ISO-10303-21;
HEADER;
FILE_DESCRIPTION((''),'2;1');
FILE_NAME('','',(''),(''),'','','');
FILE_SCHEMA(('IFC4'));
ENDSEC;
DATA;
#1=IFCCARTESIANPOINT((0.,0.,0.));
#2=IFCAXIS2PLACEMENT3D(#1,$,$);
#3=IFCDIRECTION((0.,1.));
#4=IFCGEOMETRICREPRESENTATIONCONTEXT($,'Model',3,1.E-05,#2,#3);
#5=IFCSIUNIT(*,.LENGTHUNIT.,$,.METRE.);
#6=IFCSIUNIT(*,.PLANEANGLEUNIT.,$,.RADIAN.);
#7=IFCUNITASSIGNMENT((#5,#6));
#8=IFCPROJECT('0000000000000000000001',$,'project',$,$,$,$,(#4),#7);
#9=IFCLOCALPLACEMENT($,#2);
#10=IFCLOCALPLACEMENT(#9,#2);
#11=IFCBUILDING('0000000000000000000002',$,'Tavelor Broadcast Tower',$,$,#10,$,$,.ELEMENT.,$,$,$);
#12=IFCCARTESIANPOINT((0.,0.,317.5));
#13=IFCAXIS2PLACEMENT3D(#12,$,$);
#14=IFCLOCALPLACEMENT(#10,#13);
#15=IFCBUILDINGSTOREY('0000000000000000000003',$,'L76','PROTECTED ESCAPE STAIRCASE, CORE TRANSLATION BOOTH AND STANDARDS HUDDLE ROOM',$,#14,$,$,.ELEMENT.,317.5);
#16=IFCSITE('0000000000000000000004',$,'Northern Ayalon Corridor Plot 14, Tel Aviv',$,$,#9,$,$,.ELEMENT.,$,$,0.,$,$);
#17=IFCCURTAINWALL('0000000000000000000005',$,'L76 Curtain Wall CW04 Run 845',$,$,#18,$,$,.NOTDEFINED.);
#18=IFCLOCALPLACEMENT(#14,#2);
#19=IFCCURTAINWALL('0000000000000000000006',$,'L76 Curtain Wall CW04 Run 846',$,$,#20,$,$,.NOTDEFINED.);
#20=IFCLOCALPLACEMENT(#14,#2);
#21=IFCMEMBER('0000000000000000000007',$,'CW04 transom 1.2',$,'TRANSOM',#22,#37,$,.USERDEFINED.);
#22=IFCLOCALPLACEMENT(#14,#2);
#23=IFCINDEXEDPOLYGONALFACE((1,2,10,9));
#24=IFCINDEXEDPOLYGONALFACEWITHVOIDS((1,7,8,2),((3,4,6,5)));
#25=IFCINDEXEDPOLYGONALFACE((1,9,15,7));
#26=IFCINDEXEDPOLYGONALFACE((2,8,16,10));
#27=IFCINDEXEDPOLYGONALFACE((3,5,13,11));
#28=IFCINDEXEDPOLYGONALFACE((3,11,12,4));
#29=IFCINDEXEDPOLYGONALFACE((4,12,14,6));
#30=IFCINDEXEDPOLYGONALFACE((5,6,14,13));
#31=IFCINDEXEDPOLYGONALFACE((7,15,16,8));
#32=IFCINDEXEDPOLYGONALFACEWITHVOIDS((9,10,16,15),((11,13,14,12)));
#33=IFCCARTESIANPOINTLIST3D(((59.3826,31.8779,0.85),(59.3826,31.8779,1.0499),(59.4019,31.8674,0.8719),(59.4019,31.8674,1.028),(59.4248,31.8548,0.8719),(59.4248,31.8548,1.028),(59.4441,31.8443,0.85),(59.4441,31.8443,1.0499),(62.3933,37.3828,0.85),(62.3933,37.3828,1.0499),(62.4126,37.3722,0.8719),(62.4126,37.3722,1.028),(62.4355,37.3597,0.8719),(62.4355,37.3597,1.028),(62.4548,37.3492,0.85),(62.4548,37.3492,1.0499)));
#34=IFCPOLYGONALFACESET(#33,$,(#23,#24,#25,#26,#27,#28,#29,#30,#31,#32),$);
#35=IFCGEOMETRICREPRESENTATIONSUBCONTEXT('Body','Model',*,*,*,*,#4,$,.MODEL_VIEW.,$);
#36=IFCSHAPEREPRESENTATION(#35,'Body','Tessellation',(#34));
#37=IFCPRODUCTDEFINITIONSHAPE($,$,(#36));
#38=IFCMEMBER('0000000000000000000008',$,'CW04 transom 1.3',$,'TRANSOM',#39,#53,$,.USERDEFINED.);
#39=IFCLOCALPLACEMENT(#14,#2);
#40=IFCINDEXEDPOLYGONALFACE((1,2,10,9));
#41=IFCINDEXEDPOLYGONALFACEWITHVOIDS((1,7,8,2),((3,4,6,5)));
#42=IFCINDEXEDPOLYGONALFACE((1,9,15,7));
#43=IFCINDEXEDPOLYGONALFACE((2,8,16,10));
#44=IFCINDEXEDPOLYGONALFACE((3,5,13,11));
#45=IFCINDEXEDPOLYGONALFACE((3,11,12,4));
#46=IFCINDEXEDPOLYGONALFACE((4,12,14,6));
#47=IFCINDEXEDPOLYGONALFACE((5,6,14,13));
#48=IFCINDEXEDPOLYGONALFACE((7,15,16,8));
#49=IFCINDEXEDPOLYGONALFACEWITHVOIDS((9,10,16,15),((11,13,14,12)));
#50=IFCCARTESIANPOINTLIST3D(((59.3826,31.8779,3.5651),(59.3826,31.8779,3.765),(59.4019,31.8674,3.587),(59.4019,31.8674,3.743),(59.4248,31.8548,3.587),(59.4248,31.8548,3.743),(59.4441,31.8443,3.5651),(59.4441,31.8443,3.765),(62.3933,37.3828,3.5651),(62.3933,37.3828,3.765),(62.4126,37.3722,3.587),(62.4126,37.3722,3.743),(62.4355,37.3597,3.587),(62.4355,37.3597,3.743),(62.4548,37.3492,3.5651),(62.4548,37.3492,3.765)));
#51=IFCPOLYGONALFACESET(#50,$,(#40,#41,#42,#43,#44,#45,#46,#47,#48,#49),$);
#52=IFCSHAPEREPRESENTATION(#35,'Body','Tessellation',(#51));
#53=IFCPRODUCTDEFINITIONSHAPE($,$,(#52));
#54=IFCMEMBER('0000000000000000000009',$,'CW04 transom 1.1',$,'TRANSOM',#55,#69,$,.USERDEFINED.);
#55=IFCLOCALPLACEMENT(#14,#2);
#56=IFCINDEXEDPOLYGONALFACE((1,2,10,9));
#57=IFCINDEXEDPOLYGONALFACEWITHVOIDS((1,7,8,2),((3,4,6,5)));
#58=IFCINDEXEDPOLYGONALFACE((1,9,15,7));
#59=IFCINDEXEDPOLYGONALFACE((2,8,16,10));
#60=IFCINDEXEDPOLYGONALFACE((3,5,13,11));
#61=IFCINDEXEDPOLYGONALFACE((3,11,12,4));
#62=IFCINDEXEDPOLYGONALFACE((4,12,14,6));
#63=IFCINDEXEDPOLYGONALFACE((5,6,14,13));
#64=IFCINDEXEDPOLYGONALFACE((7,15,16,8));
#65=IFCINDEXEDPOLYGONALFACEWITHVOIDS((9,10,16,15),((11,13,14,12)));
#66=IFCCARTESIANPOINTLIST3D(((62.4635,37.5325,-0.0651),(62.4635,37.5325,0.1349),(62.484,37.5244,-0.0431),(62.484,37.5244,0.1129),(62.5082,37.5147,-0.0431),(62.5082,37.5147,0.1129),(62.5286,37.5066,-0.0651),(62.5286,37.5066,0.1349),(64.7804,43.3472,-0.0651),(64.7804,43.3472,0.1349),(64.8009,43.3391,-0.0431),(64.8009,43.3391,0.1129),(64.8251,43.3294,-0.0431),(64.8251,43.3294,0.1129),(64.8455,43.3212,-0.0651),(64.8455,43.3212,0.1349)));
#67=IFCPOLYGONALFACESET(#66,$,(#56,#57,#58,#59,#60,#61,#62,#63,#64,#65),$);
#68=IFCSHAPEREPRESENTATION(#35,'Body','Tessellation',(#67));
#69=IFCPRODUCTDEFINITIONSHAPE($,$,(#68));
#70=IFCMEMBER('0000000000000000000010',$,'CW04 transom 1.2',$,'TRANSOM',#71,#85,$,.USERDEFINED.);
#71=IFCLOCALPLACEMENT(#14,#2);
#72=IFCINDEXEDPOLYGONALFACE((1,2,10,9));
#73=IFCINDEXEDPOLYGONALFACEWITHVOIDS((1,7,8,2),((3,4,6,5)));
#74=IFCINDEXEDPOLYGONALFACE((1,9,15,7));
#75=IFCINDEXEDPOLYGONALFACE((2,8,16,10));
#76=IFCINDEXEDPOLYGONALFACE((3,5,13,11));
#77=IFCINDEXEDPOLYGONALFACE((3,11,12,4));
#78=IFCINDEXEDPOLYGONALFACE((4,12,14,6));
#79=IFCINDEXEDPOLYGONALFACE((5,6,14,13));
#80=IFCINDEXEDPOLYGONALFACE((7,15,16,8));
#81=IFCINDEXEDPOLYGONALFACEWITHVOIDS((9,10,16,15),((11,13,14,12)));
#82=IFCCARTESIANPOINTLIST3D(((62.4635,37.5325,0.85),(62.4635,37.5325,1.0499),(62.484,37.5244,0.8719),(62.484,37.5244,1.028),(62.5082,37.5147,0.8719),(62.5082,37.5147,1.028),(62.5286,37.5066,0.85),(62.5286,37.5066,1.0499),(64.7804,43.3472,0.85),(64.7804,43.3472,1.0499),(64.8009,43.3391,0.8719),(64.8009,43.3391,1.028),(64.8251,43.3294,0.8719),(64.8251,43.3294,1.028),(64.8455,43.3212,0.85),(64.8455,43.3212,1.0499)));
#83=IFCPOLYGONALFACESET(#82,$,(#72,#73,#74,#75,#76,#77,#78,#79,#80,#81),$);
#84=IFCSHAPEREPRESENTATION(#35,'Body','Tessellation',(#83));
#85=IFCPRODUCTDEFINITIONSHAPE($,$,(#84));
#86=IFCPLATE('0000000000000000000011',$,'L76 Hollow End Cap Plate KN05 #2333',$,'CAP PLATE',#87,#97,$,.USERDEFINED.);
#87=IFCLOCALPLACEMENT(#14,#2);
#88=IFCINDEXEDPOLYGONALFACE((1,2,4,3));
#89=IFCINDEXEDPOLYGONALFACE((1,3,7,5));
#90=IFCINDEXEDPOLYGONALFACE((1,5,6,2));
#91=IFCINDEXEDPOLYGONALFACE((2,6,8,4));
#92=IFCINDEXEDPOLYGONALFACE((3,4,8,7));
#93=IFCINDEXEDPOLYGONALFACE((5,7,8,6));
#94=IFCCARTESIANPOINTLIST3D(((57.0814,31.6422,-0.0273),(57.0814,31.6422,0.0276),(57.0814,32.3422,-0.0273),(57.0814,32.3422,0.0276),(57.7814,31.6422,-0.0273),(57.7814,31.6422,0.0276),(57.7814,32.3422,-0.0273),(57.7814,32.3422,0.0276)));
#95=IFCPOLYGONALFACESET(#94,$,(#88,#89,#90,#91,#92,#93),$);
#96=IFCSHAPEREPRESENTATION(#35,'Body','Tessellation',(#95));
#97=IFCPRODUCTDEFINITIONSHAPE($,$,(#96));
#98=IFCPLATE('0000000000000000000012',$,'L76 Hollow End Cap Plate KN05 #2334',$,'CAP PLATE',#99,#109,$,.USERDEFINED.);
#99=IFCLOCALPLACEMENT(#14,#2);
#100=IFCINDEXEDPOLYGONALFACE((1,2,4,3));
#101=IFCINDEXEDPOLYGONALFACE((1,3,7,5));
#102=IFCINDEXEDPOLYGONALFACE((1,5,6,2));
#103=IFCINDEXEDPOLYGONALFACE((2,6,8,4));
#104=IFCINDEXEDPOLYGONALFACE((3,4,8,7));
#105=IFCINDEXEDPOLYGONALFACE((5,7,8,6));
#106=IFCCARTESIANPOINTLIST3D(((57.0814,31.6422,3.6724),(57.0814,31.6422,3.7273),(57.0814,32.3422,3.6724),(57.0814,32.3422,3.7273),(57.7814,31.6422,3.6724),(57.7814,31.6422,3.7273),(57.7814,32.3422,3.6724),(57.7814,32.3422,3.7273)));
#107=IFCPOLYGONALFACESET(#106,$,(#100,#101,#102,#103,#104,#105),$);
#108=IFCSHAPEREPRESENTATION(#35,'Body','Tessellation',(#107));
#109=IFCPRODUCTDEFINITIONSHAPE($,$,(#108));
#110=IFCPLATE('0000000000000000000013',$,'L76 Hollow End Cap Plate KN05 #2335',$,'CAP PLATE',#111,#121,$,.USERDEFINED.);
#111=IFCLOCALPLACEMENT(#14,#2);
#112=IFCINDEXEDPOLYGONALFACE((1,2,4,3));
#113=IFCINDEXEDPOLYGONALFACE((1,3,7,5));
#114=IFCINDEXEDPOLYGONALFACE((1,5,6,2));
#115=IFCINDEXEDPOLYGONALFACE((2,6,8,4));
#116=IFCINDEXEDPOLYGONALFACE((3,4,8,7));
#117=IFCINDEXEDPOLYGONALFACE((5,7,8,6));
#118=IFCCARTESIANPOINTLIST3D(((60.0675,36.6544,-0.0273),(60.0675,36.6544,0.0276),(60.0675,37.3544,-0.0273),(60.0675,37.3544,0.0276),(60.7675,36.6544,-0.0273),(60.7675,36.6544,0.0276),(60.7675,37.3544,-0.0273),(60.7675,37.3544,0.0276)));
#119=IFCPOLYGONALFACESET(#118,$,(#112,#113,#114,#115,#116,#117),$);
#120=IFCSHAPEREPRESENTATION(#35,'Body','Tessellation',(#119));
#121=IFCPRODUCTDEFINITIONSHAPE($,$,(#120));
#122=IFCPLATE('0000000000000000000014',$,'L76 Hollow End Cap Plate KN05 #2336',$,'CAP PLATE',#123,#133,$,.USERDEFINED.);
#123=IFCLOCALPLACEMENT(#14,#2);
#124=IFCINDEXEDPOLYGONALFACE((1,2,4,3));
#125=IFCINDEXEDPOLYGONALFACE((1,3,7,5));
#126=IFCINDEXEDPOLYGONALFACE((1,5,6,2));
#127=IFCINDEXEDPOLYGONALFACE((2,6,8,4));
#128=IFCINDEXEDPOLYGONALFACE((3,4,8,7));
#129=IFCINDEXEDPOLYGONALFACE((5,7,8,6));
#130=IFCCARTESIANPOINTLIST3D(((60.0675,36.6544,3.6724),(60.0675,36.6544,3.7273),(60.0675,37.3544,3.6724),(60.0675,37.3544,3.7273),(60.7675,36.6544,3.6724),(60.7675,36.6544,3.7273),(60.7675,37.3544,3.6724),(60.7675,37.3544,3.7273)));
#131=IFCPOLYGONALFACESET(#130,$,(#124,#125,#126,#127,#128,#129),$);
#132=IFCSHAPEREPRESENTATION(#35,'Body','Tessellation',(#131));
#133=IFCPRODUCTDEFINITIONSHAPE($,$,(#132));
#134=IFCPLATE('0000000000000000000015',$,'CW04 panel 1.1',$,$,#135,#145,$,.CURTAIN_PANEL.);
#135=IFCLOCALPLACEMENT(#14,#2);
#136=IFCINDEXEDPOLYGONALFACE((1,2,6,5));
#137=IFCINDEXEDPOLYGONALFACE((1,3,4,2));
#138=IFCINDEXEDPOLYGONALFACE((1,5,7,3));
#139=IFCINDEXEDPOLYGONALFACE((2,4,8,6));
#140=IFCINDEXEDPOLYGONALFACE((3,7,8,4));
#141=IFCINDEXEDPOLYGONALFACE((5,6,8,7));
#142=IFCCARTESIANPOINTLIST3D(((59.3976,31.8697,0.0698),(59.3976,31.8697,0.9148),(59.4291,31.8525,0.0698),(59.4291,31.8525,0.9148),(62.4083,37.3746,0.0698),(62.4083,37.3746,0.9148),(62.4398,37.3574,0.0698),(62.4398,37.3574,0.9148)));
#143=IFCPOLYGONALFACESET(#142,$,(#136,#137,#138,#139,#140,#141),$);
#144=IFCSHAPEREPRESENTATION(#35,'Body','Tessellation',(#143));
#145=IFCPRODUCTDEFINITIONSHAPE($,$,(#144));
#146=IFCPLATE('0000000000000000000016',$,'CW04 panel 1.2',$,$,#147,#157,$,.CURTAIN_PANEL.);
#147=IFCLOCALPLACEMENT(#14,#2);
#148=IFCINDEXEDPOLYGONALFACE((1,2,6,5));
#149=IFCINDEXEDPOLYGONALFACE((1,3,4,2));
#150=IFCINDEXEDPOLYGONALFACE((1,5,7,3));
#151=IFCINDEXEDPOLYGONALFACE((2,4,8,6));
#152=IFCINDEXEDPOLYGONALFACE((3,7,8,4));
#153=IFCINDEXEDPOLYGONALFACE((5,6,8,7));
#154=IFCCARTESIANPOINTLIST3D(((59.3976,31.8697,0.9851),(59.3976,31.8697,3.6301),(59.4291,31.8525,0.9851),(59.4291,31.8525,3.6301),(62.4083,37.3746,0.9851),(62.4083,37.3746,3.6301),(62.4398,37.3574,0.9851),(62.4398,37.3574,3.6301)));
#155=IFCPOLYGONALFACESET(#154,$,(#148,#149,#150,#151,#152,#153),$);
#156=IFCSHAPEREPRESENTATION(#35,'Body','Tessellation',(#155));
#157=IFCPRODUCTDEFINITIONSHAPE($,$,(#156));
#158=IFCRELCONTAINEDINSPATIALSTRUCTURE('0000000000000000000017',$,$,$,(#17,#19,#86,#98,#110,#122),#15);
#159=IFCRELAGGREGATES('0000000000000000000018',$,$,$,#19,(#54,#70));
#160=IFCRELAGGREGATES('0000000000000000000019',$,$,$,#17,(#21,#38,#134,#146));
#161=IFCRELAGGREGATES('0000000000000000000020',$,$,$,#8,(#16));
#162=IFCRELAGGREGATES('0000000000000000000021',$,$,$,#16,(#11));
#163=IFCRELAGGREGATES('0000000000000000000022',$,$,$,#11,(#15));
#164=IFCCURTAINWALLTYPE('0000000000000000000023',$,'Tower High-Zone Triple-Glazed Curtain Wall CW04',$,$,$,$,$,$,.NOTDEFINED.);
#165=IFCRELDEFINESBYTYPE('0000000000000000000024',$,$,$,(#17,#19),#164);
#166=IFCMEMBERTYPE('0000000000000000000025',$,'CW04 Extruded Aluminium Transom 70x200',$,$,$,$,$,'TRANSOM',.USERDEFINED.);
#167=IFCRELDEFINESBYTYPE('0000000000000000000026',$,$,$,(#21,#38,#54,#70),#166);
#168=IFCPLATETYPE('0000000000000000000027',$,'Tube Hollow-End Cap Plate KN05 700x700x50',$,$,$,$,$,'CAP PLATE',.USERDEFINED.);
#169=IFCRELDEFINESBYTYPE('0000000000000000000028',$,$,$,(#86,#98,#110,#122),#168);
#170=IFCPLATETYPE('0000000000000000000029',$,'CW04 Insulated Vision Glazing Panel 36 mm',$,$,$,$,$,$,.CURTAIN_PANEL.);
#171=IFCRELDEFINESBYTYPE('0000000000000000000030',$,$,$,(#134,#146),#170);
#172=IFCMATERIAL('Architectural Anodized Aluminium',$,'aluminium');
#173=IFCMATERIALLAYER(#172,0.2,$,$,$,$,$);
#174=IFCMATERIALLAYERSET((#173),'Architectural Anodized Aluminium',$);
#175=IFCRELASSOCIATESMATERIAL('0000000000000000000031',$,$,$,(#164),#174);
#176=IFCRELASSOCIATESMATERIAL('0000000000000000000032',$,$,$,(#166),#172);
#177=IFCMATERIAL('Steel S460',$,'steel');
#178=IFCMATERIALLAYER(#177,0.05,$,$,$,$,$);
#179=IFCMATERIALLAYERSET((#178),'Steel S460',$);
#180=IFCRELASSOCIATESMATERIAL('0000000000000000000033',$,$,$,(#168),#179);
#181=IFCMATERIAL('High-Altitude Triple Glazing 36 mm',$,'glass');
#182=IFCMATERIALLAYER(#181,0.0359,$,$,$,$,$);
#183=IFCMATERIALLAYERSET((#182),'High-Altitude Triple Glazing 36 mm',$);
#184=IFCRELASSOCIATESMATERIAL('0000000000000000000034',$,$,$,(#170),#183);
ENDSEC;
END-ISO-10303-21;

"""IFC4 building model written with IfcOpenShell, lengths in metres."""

from ifc_helpers import new_model, si_unit, direction, frame, origin, origin_2d, place, context, subcontext, project, spatial, rectangle, hollow_rectangle, extrude, source, transform, mapped, material, layer, layer_set, material_profile, profile_set, type_object, type_shapes, element, aggregate, save


model = new_model("IFC4")

# Units and contexts
model_context = context("Model", 3, precision=1e-05, world=origin(), true_north=direction((0.0, 1.0)))
body_context = subcontext(model_context, "Body", "Model", "MODEL_VIEW")
ifc_project = project(units=[si_unit("LENGTHUNIT", "METRE"), si_unit("PLANEANGLEUNIT", "RADIAN")], contexts=[model_context])

# Site, building, storey
site_placement = place(None, origin())
site = spatial("IfcSite", under=ifc_project, at=site_placement, Name="Northern Ayalon Corridor Plot 14, Tel Aviv", CompositionType="ELEMENT", RefElevation=0.0)
building_placement = place(site_placement, origin())
building = spatial("IfcBuilding", under=site, at=building_placement, Name="Tavelor Broadcast Tower", CompositionType="ELEMENT")
storey_placement = place(building_placement, frame((0.0, 0.0, 317.5)))
storey = spatial("IfcBuildingStorey", under=building, at=storey_placement, Name="L76", Description="PROTECTED ESCAPE STAIRCASE, CORE TRANSLATION BOOTH AND STANDARDS HUDDLE ROOM", CompositionType="ELEMENT", Elevation=317.5)

# Shared definitions
ifc_material_1 = material(Name="Steel S460", Category="steel")

# Curtain wall
ifc_material_2 = material(Name="Architectural Anodized Aluminium", Category="aluminium")
ifc_layer_1 = layer(ifc_material_2, 0.2)
ifc_layer_set_1 = layer_set([ifc_layer_1], Name="Architectural Anodized Aluminium")
curtain_wall_type = type_object("IfcCurtainWallType", Name="Tower High-Zone Triple-Glazed Curtain Wall CW04", PredefinedType="NOTDEFINED", material=ifc_layer_set_1)
curtain_wall_1_placement = place(storey_placement, origin())
curtain_wall_1 = element("IfcCurtainWall", 1, at=curtain_wall_1_placement, inside=storey, type_object=curtain_wall_type, Name="L76 Curtain Wall CW04 Run 845", PredefinedType="NOTDEFINED")

# Curtain wall
curtain_wall_2_placement = place(storey_placement, origin())
curtain_wall_2 = element("IfcCurtainWall", 2, at=curtain_wall_2_placement, inside=storey, type_object=curtain_wall_type, Name="L76 Curtain Wall CW04 Run 846", PredefinedType="NOTDEFINED")

# Members
ifc_material_profile_1 = material_profile(ifc_material_2, hollow_rectangle(XDim=0.0701, YDim=0.2, WallThickness=0.022, at=origin_2d()), Name="RHS 70x200x22")
ifc_profile_set_1 = profile_set([ifc_material_profile_1], Name="Architectural Anodized Aluminium")
member_type_1 = type_object("IfcMemberType", Name="CW04 Extruded Aluminium Transom 70x200", ElementType="TRANSOM", PredefinedType="USERDEFINED", material=ifc_profile_set_1)
shared_shape_1 = source(origin(), body_context, "Body", "SweptSolid", [
    extrude(hollow_rectangle(XDim=0.0701, YDim=0.2, WallThickness=0.022, at=origin_2d()), origin(), (0.0, 0.0, 1.0), 6.2744),
])
member_1_placement = place(storey_placement, frame((59.4133, 31.8611, 0.95), z_axis=(0.479844, 0.877354, 0.0), x_axis=(-0.877354, 0.479844, 0.0)))
member_1 = element("IfcMember", 3, at=member_1_placement, type_object=member_type_1, Name="CW04 transom 1.2", ObjectType="TRANSOM", PredefinedType="USERDEFINED", context=body_context, shape_type="MappedRepresentation", body=[
    mapped(shared_shape_1, transform((0.0, 0.0, 0.0), scale=1.0)),
])
member_2_placement = place(storey_placement, frame((59.4133, 31.8611, 3.665), z_axis=(0.479844, 0.877354, 0.0), x_axis=(-0.877354, 0.479844, 0.0)))
member_2 = element("IfcMember", 4, at=member_2_placement, type_object=member_type_1, Name="CW04 transom 1.3", ObjectType="TRANSOM", PredefinedType="USERDEFINED", context=body_context, shape_type="MappedRepresentation", body=[
    mapped(shared_shape_1, transform((0.0, 0.0, 0.0), scale=1.0)),
])
shared_shape_2 = source(origin(), body_context, "Body", "SweptSolid", [
    extrude(hollow_rectangle(XDim=0.0701, YDim=0.2, WallThickness=0.022, at=origin_2d()), origin(), (0.0, 0.0, 1.0), 6.2593),
])
type_shapes(member_type_1, [shared_shape_1, shared_shape_2])
member_3_placement = place(storey_placement, frame((62.4961, 37.5195, 0.0349), z_axis=(0.370153, 0.928971, 0.0), x_axis=(-0.928971, 0.370153, 0.0)))
member_3 = element("IfcMember", 5, at=member_3_placement, type_object=member_type_1, Name="CW04 transom 1.1", ObjectType="TRANSOM", PredefinedType="USERDEFINED", context=body_context, shape_type="MappedRepresentation", body=[
    mapped(shared_shape_2, transform((0.0, 0.0, 0.0), scale=1.0)),
])
member_4_placement = place(storey_placement, frame((62.4961, 37.5195, 0.95), z_axis=(0.370153, 0.928971, 0.0), x_axis=(-0.928971, 0.370153, 0.0)))
member_4 = element("IfcMember", 6, at=member_4_placement, type_object=member_type_1, Name="CW04 transom 1.2", ObjectType="TRANSOM", PredefinedType="USERDEFINED", context=body_context, shape_type="MappedRepresentation", body=[
    mapped(shared_shape_2, transform((0.0, 0.0, 0.0), scale=1.0)),
])
aggregate(curtain_wall_2, [member_3, member_4])

# Plates
ifc_layer_2 = layer(ifc_material_1, 0.05)
ifc_layer_set_2 = layer_set([ifc_layer_2], Name="Steel S460")
plate_type_1 = type_object("IfcPlateType", Name="Tube Hollow-End Cap Plate KN05 700x700x50", ElementType="CAP PLATE", PredefinedType="USERDEFINED", material=ifc_layer_set_2)
shared_shape_3 = source(origin(), body_context, "Body", "SweptSolid", [
    extrude(rectangle(XDim=0.7, YDim=0.7, at=origin_2d()), origin(), (0.0, 0.0, 1.0), 0.0549),
])
type_shapes(plate_type_1, [shared_shape_3])
for number, where, z_axis, x_axis, name in (
    (7, (57.4314, 31.9922, -0.0273), (0.0, 0.0, 1.0), (1.0, 0.0, 0.0), "L76 Hollow End Cap Plate KN05 #2333"),
    (8, (57.4314, 31.9922, 3.6724), (0.0, 0.0, 1.0), (1.0, 0.0, 0.0), "L76 Hollow End Cap Plate KN05 #2334"),
    (9, (60.4175, 37.0044, -0.0273), (0.0, 0.0, 1.0), (1.0, 0.0, 0.0), "L76 Hollow End Cap Plate KN05 #2335"),
    (10, (60.4175, 37.0044, 3.6724), (0.0, 0.0, 1.0), (1.0, 0.0, 0.0), "L76 Hollow End Cap Plate KN05 #2336"),
):
    element("IfcPlate", number, at=place(storey_placement, frame(where, z_axis=z_axis, x_axis=x_axis)), inside=storey, type_object=plate_type_1, Name=name, ObjectType="CAP PLATE", PredefinedType="USERDEFINED", context=body_context, shape_type="MappedRepresentation", body=[
        mapped(shared_shape_3, transform((0.0, 0.0, 0.0), scale=1.0)),
    ])

# Plates
ifc_material_3 = material(Name="High-Altitude Triple Glazing 36 mm", Category="glass")
ifc_layer_3 = layer(ifc_material_3, 0.0359)
ifc_layer_set_3 = layer_set([ifc_layer_3], Name="High-Altitude Triple Glazing 36 mm")
plate_type_2 = type_object("IfcPlateType", Name="CW04 Insulated Vision Glazing Panel 36 mm", PredefinedType="CURTAIN_PANEL", material=ifc_layer_set_3)
shared_shape_4 = source(origin(), body_context, "Body", "SweptSolid", [
    extrude(rectangle(XDim=6.2744, YDim=0.0359, at=origin_2d()), origin(), (0.0, 0.0, 1.0), 0.845),
])
plate_1_placement = place(storey_placement, frame((60.9187, 34.6135, 0.0698), z_axis=(0.0, 0.0, 1.0), x_axis=(0.479836, 0.877358, 0.0)))
plate_1 = element("IfcPlate", 11, at=plate_1_placement, type_object=plate_type_2, Name="CW04 panel 1.1", PredefinedType="CURTAIN_PANEL", context=body_context, shape_type="MappedRepresentation", body=[
    mapped(shared_shape_4, transform((0.0, 0.0, 0.0), scale=1.0)),
])
shared_shape_5 = source(origin(), body_context, "Body", "SweptSolid", [
    extrude(rectangle(XDim=6.2744, YDim=0.0359, at=origin_2d()), origin(), (0.0, 0.0, 1.0), 2.645),
])
type_shapes(plate_type_2, [shared_shape_4, shared_shape_5])
plate_2_placement = place(storey_placement, frame((60.9187, 34.6135, 0.9851), z_axis=(0.0, 0.0, 1.0), x_axis=(0.479836, 0.877358, 0.0)))
plate_2 = element("IfcPlate", 12, at=plate_2_placement, type_object=plate_type_2, Name="CW04 panel 1.2", PredefinedType="CURTAIN_PANEL", context=body_context, shape_type="MappedRepresentation", body=[
    mapped(shared_shape_5, transform((0.0, 0.0, 0.0), scale=1.0)),
])
aggregate(curtain_wall_1, [member_1, member_2, plate_1, plate_2])

save(model, "model.ifc")
